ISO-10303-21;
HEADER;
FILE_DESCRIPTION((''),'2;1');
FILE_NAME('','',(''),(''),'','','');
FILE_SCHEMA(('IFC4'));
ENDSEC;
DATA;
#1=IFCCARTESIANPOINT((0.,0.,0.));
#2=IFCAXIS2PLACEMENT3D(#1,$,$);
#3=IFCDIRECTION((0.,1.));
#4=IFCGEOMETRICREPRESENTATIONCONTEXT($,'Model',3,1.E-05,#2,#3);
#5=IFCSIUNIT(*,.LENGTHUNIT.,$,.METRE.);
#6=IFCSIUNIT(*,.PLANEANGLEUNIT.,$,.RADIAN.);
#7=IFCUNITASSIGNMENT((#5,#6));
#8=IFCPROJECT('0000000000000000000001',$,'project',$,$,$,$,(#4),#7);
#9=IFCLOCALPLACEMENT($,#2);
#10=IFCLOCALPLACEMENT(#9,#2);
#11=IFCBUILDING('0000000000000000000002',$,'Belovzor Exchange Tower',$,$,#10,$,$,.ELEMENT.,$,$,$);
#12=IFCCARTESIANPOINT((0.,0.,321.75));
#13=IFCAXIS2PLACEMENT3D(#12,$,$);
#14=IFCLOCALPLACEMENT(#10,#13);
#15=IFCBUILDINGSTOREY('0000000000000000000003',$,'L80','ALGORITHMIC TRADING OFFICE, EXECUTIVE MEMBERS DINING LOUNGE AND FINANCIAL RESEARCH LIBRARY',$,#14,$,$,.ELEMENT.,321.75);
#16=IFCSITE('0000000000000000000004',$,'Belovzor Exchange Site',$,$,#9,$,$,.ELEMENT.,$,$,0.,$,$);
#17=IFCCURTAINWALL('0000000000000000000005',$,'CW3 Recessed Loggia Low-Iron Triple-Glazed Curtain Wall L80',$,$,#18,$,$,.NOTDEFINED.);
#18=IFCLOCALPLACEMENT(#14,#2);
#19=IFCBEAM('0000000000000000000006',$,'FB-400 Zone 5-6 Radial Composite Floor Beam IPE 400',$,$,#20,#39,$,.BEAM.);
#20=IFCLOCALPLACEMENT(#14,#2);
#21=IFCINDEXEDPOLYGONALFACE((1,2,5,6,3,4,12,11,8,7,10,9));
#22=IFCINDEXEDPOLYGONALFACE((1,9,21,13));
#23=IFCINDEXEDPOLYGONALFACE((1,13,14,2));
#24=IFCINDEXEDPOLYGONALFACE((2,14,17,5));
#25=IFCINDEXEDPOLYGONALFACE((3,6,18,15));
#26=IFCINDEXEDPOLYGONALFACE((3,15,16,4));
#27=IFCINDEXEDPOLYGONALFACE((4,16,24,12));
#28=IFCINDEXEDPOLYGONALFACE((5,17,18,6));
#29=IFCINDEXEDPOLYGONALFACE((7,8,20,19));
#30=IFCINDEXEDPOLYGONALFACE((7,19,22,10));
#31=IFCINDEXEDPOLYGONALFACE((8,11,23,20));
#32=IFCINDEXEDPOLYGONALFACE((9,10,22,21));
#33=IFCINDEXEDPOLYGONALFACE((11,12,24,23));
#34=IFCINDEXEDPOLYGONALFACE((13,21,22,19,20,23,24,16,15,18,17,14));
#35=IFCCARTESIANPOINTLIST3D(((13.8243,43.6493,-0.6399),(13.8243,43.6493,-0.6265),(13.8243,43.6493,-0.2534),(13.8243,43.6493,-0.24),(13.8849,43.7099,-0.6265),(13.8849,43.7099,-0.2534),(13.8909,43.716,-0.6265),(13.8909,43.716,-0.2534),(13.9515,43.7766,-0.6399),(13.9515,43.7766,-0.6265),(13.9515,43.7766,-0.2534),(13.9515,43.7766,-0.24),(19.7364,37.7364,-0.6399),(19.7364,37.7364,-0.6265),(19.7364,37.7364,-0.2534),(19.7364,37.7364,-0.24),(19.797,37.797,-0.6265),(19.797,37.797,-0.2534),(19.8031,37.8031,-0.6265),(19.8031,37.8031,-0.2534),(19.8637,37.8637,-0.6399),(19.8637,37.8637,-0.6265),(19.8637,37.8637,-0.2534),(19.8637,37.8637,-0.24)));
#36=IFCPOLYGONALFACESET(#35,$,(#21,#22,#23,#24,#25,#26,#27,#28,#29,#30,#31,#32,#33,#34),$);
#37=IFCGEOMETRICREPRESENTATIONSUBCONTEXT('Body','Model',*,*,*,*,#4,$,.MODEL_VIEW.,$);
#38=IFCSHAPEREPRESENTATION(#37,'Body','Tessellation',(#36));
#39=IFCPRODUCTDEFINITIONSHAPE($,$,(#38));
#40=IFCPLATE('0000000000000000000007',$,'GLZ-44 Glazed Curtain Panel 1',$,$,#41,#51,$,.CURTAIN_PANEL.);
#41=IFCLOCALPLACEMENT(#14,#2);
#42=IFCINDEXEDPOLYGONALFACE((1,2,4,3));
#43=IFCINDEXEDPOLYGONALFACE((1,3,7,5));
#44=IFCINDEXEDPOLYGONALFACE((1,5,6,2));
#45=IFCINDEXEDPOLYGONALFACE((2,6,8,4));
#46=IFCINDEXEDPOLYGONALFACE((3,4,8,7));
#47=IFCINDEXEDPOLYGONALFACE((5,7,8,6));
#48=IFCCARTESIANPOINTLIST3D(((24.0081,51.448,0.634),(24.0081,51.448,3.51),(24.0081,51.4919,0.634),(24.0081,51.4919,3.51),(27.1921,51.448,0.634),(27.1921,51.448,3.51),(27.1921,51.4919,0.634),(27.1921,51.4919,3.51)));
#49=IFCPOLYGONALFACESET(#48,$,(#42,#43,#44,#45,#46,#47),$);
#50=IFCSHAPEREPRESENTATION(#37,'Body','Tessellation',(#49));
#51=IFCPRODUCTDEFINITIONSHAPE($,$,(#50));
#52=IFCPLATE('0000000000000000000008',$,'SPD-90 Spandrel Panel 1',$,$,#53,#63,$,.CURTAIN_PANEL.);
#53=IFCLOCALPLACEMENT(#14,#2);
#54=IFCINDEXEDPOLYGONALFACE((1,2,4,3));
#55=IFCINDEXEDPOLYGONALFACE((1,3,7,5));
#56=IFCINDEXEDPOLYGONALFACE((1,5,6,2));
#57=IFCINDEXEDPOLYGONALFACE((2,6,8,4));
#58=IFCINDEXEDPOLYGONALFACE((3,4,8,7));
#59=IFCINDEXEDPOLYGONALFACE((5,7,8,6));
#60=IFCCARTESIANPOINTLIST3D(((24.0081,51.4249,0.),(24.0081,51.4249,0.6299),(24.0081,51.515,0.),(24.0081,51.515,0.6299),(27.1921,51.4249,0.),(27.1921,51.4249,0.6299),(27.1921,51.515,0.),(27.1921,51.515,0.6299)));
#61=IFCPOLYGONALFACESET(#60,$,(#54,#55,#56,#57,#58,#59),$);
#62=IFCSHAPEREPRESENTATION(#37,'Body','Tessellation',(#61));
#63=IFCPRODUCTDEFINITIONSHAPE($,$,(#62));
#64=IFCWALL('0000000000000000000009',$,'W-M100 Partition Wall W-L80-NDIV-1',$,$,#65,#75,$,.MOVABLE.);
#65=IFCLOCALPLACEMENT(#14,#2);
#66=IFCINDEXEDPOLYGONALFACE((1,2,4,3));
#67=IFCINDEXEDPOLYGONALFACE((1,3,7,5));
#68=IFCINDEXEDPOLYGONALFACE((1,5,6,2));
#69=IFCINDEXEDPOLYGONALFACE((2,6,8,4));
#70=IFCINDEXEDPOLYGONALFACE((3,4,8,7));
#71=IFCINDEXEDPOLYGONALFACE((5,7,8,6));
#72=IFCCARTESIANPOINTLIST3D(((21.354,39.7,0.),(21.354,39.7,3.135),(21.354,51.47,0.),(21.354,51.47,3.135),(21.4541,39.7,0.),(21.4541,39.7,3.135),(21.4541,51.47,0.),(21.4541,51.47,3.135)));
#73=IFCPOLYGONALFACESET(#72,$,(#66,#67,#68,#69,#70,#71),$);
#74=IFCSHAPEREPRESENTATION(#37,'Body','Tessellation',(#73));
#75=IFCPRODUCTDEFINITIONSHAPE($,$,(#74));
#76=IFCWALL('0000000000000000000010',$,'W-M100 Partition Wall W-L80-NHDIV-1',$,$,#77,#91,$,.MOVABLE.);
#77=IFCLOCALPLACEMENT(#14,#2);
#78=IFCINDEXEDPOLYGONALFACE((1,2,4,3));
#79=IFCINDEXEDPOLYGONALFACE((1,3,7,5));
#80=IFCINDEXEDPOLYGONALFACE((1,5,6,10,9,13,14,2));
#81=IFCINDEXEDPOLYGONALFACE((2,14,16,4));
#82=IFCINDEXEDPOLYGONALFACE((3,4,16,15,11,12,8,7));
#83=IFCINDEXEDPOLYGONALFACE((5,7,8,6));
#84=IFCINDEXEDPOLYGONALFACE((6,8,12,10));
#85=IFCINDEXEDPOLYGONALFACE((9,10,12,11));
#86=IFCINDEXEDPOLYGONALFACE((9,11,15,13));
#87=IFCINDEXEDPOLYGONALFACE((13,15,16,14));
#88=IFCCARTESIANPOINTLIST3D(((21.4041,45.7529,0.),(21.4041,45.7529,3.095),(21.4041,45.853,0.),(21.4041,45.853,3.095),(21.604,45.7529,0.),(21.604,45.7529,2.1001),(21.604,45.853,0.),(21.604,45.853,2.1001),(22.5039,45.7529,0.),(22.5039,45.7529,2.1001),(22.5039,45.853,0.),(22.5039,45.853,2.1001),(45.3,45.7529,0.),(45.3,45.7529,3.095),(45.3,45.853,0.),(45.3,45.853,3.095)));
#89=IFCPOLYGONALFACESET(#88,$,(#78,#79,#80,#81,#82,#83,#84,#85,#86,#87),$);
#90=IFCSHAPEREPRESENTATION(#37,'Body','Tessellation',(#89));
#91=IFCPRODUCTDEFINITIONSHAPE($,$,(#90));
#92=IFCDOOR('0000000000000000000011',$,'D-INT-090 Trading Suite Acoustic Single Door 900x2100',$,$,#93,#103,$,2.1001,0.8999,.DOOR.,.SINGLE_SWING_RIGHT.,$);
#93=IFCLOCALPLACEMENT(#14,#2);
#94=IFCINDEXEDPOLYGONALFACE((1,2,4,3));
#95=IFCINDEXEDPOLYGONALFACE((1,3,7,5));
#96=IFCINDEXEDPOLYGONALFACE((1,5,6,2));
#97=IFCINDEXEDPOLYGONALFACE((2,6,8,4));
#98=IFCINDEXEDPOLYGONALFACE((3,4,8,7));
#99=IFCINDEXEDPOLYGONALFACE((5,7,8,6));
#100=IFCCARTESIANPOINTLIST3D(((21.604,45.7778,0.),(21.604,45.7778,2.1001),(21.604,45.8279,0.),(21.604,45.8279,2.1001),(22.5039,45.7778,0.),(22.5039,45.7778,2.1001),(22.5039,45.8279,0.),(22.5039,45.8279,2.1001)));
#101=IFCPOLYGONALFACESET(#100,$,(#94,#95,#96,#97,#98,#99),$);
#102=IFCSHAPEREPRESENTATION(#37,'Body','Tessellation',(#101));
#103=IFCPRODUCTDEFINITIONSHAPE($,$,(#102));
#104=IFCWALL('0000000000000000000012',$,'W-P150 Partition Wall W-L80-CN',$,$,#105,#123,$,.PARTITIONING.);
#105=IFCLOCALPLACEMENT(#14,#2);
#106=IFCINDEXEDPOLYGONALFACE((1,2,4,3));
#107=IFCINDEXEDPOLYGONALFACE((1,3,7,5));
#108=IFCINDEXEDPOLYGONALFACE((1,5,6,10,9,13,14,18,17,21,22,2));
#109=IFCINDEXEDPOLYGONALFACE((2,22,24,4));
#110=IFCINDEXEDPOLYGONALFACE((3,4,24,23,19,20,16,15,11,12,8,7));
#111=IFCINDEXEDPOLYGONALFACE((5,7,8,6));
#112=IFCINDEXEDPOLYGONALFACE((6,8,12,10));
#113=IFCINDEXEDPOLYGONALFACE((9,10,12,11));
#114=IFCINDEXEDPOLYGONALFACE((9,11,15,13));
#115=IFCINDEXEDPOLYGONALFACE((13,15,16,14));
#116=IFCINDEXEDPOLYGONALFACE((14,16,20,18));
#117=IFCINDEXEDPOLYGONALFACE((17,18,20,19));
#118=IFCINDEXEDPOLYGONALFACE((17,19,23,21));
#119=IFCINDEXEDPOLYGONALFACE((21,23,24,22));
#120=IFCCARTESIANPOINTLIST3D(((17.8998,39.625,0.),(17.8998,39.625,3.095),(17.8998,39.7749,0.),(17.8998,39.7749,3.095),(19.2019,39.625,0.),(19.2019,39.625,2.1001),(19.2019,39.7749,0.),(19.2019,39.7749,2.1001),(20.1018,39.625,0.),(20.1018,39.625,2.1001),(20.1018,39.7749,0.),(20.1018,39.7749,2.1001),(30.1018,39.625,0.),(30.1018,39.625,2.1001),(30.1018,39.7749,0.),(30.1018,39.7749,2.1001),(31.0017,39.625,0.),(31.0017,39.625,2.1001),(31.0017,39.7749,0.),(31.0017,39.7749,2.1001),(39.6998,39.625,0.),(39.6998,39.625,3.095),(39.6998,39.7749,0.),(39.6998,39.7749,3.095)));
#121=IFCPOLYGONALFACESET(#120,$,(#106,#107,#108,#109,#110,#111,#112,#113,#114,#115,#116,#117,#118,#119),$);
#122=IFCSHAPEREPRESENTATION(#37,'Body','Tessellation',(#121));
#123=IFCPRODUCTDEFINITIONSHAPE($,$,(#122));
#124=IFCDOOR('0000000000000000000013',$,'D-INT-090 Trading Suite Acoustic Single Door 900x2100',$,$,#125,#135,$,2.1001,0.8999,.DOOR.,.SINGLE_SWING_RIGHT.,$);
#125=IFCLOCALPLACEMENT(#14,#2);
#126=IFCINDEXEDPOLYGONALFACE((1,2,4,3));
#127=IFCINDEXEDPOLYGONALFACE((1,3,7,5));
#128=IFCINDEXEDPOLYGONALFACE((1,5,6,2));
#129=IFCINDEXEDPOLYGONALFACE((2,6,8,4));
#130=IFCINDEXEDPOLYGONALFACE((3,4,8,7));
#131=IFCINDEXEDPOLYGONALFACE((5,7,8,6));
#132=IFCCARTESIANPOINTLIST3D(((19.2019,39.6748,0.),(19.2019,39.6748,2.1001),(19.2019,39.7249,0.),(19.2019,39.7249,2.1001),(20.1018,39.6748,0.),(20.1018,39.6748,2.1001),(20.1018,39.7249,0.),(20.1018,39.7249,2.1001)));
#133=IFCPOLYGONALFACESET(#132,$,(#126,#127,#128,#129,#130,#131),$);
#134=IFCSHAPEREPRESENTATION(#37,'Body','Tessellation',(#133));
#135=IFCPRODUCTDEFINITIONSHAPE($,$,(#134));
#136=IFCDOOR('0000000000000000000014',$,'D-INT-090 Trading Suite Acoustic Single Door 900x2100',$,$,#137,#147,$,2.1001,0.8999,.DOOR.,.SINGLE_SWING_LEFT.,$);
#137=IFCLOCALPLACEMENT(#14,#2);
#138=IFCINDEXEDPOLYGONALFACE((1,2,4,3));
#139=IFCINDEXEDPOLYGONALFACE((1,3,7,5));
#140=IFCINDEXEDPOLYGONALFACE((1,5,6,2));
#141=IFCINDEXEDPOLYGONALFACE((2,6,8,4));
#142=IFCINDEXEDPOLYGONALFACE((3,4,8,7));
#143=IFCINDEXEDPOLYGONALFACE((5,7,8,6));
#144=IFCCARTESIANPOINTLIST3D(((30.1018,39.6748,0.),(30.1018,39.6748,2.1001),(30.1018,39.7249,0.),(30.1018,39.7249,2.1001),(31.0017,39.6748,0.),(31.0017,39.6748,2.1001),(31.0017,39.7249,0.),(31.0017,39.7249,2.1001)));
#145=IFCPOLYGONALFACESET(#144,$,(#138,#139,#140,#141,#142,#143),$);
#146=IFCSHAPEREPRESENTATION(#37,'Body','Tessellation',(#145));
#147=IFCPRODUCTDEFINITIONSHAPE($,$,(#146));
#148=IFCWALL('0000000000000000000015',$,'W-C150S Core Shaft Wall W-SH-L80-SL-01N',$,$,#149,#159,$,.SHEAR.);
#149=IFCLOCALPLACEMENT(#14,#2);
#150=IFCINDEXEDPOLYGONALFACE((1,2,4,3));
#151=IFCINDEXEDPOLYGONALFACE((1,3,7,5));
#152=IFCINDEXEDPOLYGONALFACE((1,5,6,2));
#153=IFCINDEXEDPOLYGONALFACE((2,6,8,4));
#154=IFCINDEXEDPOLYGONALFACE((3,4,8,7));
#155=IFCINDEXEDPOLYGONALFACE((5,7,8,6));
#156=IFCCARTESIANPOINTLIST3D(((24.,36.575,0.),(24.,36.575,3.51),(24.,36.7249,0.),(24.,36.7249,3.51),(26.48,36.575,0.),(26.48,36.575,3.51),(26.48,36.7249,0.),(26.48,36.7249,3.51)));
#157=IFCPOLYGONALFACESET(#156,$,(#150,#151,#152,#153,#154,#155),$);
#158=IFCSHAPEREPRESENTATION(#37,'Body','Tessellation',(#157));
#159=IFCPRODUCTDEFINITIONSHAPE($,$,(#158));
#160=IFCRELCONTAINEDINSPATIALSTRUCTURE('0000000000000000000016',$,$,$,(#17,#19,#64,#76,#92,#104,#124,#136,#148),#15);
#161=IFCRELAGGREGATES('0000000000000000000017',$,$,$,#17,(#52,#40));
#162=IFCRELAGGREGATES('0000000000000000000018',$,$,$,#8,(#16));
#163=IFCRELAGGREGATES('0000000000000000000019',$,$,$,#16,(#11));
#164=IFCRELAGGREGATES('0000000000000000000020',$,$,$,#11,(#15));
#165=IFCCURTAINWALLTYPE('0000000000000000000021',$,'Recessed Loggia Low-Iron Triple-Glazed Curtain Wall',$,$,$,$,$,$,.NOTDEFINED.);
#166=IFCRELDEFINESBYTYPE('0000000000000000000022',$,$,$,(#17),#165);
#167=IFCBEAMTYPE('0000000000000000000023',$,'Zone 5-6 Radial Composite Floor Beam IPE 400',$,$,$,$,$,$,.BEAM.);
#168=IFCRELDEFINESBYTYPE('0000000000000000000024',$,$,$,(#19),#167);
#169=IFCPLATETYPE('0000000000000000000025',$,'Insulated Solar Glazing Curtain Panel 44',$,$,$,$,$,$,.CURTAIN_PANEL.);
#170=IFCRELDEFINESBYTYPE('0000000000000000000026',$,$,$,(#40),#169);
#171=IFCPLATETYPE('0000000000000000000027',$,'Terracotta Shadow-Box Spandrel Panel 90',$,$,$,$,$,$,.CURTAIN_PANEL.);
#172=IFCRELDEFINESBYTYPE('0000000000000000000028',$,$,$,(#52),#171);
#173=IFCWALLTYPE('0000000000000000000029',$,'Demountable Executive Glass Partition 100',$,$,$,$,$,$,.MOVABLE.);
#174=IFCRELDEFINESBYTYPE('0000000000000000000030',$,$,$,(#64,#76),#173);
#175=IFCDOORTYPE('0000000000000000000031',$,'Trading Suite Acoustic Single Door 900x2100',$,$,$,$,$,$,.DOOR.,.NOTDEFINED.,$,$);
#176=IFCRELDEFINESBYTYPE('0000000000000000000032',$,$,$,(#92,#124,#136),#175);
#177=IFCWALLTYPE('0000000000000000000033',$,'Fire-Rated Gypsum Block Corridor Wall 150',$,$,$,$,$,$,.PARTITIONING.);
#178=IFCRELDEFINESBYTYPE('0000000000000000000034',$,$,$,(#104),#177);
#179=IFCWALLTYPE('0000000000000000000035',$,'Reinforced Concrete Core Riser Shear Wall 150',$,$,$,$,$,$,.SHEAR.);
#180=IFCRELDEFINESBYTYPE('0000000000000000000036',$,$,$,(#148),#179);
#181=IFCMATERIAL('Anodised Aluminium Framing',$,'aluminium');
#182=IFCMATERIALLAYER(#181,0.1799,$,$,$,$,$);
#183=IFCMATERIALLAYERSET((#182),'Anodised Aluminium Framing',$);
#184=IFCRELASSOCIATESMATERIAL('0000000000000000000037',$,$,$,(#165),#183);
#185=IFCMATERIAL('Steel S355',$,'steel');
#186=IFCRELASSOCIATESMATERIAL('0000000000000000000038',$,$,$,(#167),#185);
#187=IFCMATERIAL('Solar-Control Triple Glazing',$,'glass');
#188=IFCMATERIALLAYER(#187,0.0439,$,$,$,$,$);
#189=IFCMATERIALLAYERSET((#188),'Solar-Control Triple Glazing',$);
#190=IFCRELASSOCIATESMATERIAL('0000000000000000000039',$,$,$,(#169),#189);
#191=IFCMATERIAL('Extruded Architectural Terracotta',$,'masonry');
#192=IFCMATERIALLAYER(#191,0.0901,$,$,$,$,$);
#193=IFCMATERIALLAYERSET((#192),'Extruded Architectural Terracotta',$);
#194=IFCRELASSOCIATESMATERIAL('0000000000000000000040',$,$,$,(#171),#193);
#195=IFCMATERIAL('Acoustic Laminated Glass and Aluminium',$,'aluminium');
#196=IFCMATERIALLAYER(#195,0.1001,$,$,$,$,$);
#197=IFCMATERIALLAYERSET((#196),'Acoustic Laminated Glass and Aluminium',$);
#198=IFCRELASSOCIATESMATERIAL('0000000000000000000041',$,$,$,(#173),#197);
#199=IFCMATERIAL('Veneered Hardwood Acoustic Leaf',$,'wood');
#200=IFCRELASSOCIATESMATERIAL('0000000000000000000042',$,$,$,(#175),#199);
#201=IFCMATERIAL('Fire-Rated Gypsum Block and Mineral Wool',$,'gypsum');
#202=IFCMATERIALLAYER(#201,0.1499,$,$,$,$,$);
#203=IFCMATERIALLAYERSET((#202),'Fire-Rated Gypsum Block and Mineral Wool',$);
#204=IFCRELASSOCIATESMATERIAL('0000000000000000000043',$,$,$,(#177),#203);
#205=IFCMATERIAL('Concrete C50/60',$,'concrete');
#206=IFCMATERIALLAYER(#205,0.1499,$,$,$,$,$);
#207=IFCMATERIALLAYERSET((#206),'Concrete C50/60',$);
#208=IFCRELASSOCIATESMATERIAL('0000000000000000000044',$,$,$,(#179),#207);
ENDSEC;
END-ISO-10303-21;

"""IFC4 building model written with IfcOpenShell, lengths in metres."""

from ifc_helpers import new_model, si_unit, direction, frame, frame_2d, origin, origin_2d, place, context, subcontext, project, spatial, rectangle, i_section, extrude, material, layer, layer_set, material_profile, profile_set, type_object, element, fill, aggregate, save


model = new_model("IFC4")

# Units and contexts
model_context = context("Model", 3, precision=1e-05, world=origin(), true_north=direction((0.0, 1.0)))
body_context = subcontext(model_context, "Body", "Model", "MODEL_VIEW")
ifc_project = project(units=[si_unit("LENGTHUNIT", "METRE"), si_unit("PLANEANGLEUNIT", "RADIAN")], contexts=[model_context])

# Site, building, storey
site_placement = place(None, origin())
site = spatial("IfcSite", under=ifc_project, at=site_placement, Name="Belovzor Exchange Site", CompositionType="ELEMENT", RefElevation=0.0)
building_placement = place(site_placement, origin())
building = spatial("IfcBuilding", under=site, at=building_placement, Name="Belovzor Exchange Tower", CompositionType="ELEMENT")
storey_placement = place(building_placement, frame((0.0, 0.0, 321.75)))
storey = spatial("IfcBuildingStorey", under=building, at=storey_placement, Name="L80", Description="ALGORITHMIC TRADING OFFICE, EXECUTIVE MEMBERS DINING LOUNGE AND FINANCIAL RESEARCH LIBRARY", CompositionType="ELEMENT", Elevation=321.75)

# Curtain wall
ifc_material_1 = material(Name="Anodised Aluminium Framing", Category="aluminium")
ifc_layer_1 = layer(ifc_material_1, 0.1799)
ifc_layer_set_1 = layer_set([ifc_layer_1], Name="Anodised Aluminium Framing")
curtain_wall_type = type_object("IfcCurtainWallType", Name="Recessed Loggia Low-Iron Triple-Glazed Curtain Wall", PredefinedType="NOTDEFINED", material=ifc_layer_set_1)
curtain_wall_placement = place(storey_placement, origin())
curtain_wall = element("IfcCurtainWall", 1, at=curtain_wall_placement, inside=storey, type_object=curtain_wall_type, Name="CW3 Recessed Loggia Low-Iron Triple-Glazed Curtain Wall L80", PredefinedType="NOTDEFINED")

# Beam
ifc_material_2 = material(Name="Steel S355", Category="steel")
ifc_material_profile_1 = material_profile(ifc_material_2, i_section(OverallWidth=0.1799, OverallDepth=0.3999, WebThickness=0.0085, FlangeThickness=0.0134, at=origin_2d()))
ifc_profile_set_1 = profile_set([ifc_material_profile_1], Name="Steel S355")
beam_type_1 = type_object("IfcBeamType", Name="Zone 5-6 Radial Composite Floor Beam IPE 400", PredefinedType="BEAM", material=ifc_profile_set_1)
beam_1_placement = place(storey_placement, frame((19.8, 37.8, -0.4399), z_axis=(-0.707063, 0.707151, 0.0), x_axis=(-0.707151, -0.707063, 0.0)))
element("IfcBeam", 2, at=beam_1_placement, inside=storey, type_object=beam_type_1, Name="FB-400 Zone 5-6 Radial Composite Floor Beam IPE 400", PredefinedType="BEAM", context=body_context, shape_type="SweptSolid", body=[
    extrude(i_section(OverallWidth=0.1799, OverallDepth=0.3999, WebThickness=0.0085, FlangeThickness=0.0134, at=origin_2d()), origin(), (0.0, 0.0, 1.0), 8.3616),
])

# Plates
ifc_material_3 = material(Name="Solar-Control Triple Glazing", Category="glass")
ifc_layer_2 = layer(ifc_material_3, 0.0439)
ifc_layer_set_2 = layer_set([ifc_layer_2], Name="Solar-Control Triple Glazing")
plate_type_1 = type_object("IfcPlateType", Name="Insulated Solar Glazing Curtain Panel 44", PredefinedType="CURTAIN_PANEL", material=ifc_layer_set_2)
plate_1_placement = place(storey_placement, frame((25.6001, 51.47, 0.634), z_axis=(0.0, 0.0, 1.0), x_axis=(1.0, 0.0, 0.0)))
plate_1 = element("IfcPlate", 3, at=plate_1_placement, type_object=plate_type_1, Name="GLZ-44 Glazed Curtain Panel 1", PredefinedType="CURTAIN_PANEL", context=body_context, shape_type="SweptSolid", body=[
    extrude(rectangle(XDim=3.1841, YDim=0.0439, at=origin_2d()), origin(), (0.0, 0.0, 1.0), 2.876),
])
ifc_material_4 = material(Name="Extruded Architectural Terracotta", Category="masonry")
ifc_layer_3 = layer(ifc_material_4, 0.0901)
ifc_layer_set_3 = layer_set([ifc_layer_3], Name="Extruded Architectural Terracotta")
plate_type_2 = type_object("IfcPlateType", Name="Terracotta Shadow-Box Spandrel Panel 90", PredefinedType="CURTAIN_PANEL", material=ifc_layer_set_3)
plate_2_placement = place(storey_placement, frame((25.6001, 51.47, 0.0), z_axis=(0.0, 0.0, 1.0), x_axis=(1.0, 0.0, 0.0)))
plate_2 = element("IfcPlate", 4, at=plate_2_placement, type_object=plate_type_2, Name="SPD-90 Spandrel Panel 1", PredefinedType="CURTAIN_PANEL", context=body_context, shape_type="SweptSolid", body=[
    extrude(rectangle(XDim=3.1841, YDim=0.0901, at=origin_2d()), origin(), (0.0, 0.0, 1.0), 0.6299),
])
aggregate(curtain_wall, [plate_2, plate_1])

# Wall
ifc_material_5 = material(Name="Acoustic Laminated Glass and Aluminium", Category="aluminium")
ifc_layer_4 = layer(ifc_material_5, 0.1001)
ifc_layer_set_4 = layer_set([ifc_layer_4], Name="Acoustic Laminated Glass and Aluminium")
wall_type_1 = type_object("IfcWallType", Name="Demountable Executive Glass Partition 100", PredefinedType="MOVABLE", material=ifc_layer_set_4)
wall_1_placement = place(storey_placement, frame((21.4041, 39.7, 0.0), z_axis=(0.0, 0.0, 1.0), x_axis=(0.0, 1.0, 0.0)))
element("IfcWall", 5, at=wall_1_placement, inside=storey, type_object=wall_type_1, Name="W-M100 Partition Wall W-L80-NDIV-1", PredefinedType="MOVABLE", context=body_context, shape_type="SweptSolid", body=[
    extrude(rectangle(XDim=11.77, YDim=0.1001, at=frame_2d((5.885, 0.0))), origin(), (0.0, 0.0, 1.0), 3.135),
])

# Wall, opening, door
wall_2_placement = place(storey_placement, frame((21.4041, 45.803, 0.0), z_axis=(0.0, 0.0, 1.0), x_axis=(1.0, 0.0, 0.0)))
wall_2 = element("IfcWall", 6, at=wall_2_placement, inside=storey, type_object=wall_type_1, Name="W-M100 Partition Wall W-L80-NHDIV-1", PredefinedType="MOVABLE", context=body_context, shape_type="SweptSolid", body=[
    extrude(rectangle(XDim=23.896, YDim=0.1001, at=frame_2d((11.948, 0.0))), origin(), (0.0, 0.0, 1.0), 3.095),
])
opening_1_placement = place(wall_2_placement, frame((0.2, 0.0, 0.0)))
opening_1 = element("IfcOpeningElement", 7, at=opening_1_placement, cuts=wall_2, PredefinedType="OPENING", context=body_context, shape_type="SweptSolid", body=[
    extrude(rectangle(XDim=0.8999, YDim=2.1001, at=frame_2d((0.45, 1.05))), frame((0.0, 0.0601, 0.0), z_axis=(0.0, -1.0, 0.0), x_axis=(1.0, 0.0, 0.0)), (0.0, 0.0, 1.0), 0.1201),
])
ifc_material_6 = material(Name="Veneered Hardwood Acoustic Leaf", Category="wood")
door_type_1 = type_object("IfcDoorType", Name="Trading Suite Acoustic Single Door 900x2100", OperationType="NOTDEFINED", PredefinedType="DOOR", material=ifc_material_6)
door_1_placement = place(opening_1_placement, origin())
door_1 = element("IfcDoor", 8, at=door_1_placement, inside=storey, type_object=door_type_1, Name="D-INT-090 Trading Suite Acoustic Single Door 900x2100", OperationType="SINGLE_SWING_RIGHT", OverallHeight=2.1001, OverallWidth=0.8999, PredefinedType="DOOR", context=body_context, shape_type="SweptSolid", body=[
    extrude(rectangle(XDim=0.8999, YDim=2.1001, at=frame_2d((0.45, 1.05))), frame((0.0, 0.0249, 0.0), z_axis=(0.0, -1.0, 0.0), x_axis=(1.0, 0.0, 0.0)), (0.0, 0.0, 1.0), 0.05),
])
fill(opening_1, door_1)

# Wall, openings, doors
ifc_material_7 = material(Name="Fire-Rated Gypsum Block and Mineral Wool", Category="gypsum")
ifc_layer_5 = layer(ifc_material_7, 0.1499)
ifc_layer_set_5 = layer_set([ifc_layer_5], Name="Fire-Rated Gypsum Block and Mineral Wool")
wall_type_2 = type_object("IfcWallType", Name="Fire-Rated Gypsum Block Corridor Wall 150", PredefinedType="PARTITIONING", material=ifc_layer_set_5)
wall_3_placement = place(storey_placement, frame((17.8999, 39.7, 0.0), z_axis=(0.0, 0.0, 1.0), x_axis=(1.0, 0.0, 0.0)))
wall_3 = element("IfcWall", 9, at=wall_3_placement, inside=storey, type_object=wall_type_2, Name="W-P150 Partition Wall W-L80-CN", PredefinedType="PARTITIONING", context=body_context, shape_type="SweptSolid", body=[
    extrude(rectangle(XDim=21.8, YDim=0.1499, at=frame_2d((10.8999, 0.0))), origin(), (0.0, 0.0, 1.0), 3.095),
])
opening_2_placement = place(wall_3_placement, frame((1.302, 0.0, 0.0)))
opening_2 = element("IfcOpeningElement", 10, at=opening_2_placement, cuts=wall_3, PredefinedType="OPENING", context=body_context, shape_type="SweptSolid", body=[
    extrude(rectangle(XDim=0.8999, YDim=2.1001, at=frame_2d((0.45, 1.05))), frame((0.0, 0.085, 0.0), z_axis=(0.0, -1.0, 0.0), x_axis=(1.0, 0.0, 0.0)), (0.0, 0.0, 1.0), 0.1699),
])
opening_3_placement = place(wall_3_placement, frame((12.2019, 0.0, 0.0)))
opening_3 = element("IfcOpeningElement", 11, at=opening_3_placement, cuts=wall_3, PredefinedType="OPENING", context=body_context, shape_type="SweptSolid", body=[
    extrude(rectangle(XDim=0.8999, YDim=2.1001, at=frame_2d((0.45, 1.05))), frame((0.0, 0.085, 0.0), z_axis=(0.0, -1.0, 0.0), x_axis=(1.0, 0.0, 0.0)), (0.0, 0.0, 1.0), 0.1699),
])
door_2_placement = place(opening_2_placement, origin())
door_2 = element("IfcDoor", 12, at=door_2_placement, inside=storey, type_object=door_type_1, Name="D-INT-090 Trading Suite Acoustic Single Door 900x2100", OperationType="SINGLE_SWING_RIGHT", OverallHeight=2.1001, OverallWidth=0.8999, PredefinedType="DOOR", context=body_context, shape_type="SweptSolid", body=[
    extrude(rectangle(XDim=0.8999, YDim=2.1001, at=frame_2d((0.45, 1.05))), frame((0.0, 0.0249, 0.0), z_axis=(0.0, -1.0, 0.0), x_axis=(1.0, 0.0, 0.0)), (0.0, 0.0, 1.0), 0.05),
])
fill(opening_2, door_2)
door_3_placement = place(opening_3_placement, origin())
door_3 = element("IfcDoor", 13, at=door_3_placement, inside=storey, type_object=door_type_1, Name="D-INT-090 Trading Suite Acoustic Single Door 900x2100", OperationType="SINGLE_SWING_LEFT", OverallHeight=2.1001, OverallWidth=0.8999, PredefinedType="DOOR", context=body_context, shape_type="SweptSolid", body=[
    extrude(rectangle(XDim=0.8999, YDim=2.1001, at=frame_2d((0.45, 1.05))), frame((0.0, 0.0249, 0.0), z_axis=(0.0, -1.0, 0.0), x_axis=(1.0, 0.0, 0.0)), (0.0, 0.0, 1.0), 0.05),
])
fill(opening_3, door_3)

# Wall
ifc_material_8 = material(Name="Concrete C50/60", Category="concrete")
ifc_layer_6 = layer(ifc_material_8, 0.1499)
ifc_layer_set_6 = layer_set([ifc_layer_6], Name="Concrete C50/60")
wall_type_3 = type_object("IfcWallType", Name="Reinforced Concrete Core Riser Shear Wall 150", PredefinedType="SHEAR", material=ifc_layer_set_6)
wall_4_placement = place(storey_placement, frame((24.0, 36.6499, 0.0), z_axis=(0.0, 0.0, 1.0), x_axis=(1.0, 0.0, 0.0)))
element("IfcWall", 14, at=wall_4_placement, inside=storey, type_object=wall_type_3, Name="W-C150S Core Shaft Wall W-SH-L80-SL-01N", PredefinedType="SHEAR", context=body_context, shape_type="SweptSolid", body=[
    extrude(rectangle(XDim=2.48, YDim=0.1499, at=frame_2d((1.24, 0.0))), origin(), (0.0, 0.0, 1.0), 3.51),
])

save(model, "model.ifc")
